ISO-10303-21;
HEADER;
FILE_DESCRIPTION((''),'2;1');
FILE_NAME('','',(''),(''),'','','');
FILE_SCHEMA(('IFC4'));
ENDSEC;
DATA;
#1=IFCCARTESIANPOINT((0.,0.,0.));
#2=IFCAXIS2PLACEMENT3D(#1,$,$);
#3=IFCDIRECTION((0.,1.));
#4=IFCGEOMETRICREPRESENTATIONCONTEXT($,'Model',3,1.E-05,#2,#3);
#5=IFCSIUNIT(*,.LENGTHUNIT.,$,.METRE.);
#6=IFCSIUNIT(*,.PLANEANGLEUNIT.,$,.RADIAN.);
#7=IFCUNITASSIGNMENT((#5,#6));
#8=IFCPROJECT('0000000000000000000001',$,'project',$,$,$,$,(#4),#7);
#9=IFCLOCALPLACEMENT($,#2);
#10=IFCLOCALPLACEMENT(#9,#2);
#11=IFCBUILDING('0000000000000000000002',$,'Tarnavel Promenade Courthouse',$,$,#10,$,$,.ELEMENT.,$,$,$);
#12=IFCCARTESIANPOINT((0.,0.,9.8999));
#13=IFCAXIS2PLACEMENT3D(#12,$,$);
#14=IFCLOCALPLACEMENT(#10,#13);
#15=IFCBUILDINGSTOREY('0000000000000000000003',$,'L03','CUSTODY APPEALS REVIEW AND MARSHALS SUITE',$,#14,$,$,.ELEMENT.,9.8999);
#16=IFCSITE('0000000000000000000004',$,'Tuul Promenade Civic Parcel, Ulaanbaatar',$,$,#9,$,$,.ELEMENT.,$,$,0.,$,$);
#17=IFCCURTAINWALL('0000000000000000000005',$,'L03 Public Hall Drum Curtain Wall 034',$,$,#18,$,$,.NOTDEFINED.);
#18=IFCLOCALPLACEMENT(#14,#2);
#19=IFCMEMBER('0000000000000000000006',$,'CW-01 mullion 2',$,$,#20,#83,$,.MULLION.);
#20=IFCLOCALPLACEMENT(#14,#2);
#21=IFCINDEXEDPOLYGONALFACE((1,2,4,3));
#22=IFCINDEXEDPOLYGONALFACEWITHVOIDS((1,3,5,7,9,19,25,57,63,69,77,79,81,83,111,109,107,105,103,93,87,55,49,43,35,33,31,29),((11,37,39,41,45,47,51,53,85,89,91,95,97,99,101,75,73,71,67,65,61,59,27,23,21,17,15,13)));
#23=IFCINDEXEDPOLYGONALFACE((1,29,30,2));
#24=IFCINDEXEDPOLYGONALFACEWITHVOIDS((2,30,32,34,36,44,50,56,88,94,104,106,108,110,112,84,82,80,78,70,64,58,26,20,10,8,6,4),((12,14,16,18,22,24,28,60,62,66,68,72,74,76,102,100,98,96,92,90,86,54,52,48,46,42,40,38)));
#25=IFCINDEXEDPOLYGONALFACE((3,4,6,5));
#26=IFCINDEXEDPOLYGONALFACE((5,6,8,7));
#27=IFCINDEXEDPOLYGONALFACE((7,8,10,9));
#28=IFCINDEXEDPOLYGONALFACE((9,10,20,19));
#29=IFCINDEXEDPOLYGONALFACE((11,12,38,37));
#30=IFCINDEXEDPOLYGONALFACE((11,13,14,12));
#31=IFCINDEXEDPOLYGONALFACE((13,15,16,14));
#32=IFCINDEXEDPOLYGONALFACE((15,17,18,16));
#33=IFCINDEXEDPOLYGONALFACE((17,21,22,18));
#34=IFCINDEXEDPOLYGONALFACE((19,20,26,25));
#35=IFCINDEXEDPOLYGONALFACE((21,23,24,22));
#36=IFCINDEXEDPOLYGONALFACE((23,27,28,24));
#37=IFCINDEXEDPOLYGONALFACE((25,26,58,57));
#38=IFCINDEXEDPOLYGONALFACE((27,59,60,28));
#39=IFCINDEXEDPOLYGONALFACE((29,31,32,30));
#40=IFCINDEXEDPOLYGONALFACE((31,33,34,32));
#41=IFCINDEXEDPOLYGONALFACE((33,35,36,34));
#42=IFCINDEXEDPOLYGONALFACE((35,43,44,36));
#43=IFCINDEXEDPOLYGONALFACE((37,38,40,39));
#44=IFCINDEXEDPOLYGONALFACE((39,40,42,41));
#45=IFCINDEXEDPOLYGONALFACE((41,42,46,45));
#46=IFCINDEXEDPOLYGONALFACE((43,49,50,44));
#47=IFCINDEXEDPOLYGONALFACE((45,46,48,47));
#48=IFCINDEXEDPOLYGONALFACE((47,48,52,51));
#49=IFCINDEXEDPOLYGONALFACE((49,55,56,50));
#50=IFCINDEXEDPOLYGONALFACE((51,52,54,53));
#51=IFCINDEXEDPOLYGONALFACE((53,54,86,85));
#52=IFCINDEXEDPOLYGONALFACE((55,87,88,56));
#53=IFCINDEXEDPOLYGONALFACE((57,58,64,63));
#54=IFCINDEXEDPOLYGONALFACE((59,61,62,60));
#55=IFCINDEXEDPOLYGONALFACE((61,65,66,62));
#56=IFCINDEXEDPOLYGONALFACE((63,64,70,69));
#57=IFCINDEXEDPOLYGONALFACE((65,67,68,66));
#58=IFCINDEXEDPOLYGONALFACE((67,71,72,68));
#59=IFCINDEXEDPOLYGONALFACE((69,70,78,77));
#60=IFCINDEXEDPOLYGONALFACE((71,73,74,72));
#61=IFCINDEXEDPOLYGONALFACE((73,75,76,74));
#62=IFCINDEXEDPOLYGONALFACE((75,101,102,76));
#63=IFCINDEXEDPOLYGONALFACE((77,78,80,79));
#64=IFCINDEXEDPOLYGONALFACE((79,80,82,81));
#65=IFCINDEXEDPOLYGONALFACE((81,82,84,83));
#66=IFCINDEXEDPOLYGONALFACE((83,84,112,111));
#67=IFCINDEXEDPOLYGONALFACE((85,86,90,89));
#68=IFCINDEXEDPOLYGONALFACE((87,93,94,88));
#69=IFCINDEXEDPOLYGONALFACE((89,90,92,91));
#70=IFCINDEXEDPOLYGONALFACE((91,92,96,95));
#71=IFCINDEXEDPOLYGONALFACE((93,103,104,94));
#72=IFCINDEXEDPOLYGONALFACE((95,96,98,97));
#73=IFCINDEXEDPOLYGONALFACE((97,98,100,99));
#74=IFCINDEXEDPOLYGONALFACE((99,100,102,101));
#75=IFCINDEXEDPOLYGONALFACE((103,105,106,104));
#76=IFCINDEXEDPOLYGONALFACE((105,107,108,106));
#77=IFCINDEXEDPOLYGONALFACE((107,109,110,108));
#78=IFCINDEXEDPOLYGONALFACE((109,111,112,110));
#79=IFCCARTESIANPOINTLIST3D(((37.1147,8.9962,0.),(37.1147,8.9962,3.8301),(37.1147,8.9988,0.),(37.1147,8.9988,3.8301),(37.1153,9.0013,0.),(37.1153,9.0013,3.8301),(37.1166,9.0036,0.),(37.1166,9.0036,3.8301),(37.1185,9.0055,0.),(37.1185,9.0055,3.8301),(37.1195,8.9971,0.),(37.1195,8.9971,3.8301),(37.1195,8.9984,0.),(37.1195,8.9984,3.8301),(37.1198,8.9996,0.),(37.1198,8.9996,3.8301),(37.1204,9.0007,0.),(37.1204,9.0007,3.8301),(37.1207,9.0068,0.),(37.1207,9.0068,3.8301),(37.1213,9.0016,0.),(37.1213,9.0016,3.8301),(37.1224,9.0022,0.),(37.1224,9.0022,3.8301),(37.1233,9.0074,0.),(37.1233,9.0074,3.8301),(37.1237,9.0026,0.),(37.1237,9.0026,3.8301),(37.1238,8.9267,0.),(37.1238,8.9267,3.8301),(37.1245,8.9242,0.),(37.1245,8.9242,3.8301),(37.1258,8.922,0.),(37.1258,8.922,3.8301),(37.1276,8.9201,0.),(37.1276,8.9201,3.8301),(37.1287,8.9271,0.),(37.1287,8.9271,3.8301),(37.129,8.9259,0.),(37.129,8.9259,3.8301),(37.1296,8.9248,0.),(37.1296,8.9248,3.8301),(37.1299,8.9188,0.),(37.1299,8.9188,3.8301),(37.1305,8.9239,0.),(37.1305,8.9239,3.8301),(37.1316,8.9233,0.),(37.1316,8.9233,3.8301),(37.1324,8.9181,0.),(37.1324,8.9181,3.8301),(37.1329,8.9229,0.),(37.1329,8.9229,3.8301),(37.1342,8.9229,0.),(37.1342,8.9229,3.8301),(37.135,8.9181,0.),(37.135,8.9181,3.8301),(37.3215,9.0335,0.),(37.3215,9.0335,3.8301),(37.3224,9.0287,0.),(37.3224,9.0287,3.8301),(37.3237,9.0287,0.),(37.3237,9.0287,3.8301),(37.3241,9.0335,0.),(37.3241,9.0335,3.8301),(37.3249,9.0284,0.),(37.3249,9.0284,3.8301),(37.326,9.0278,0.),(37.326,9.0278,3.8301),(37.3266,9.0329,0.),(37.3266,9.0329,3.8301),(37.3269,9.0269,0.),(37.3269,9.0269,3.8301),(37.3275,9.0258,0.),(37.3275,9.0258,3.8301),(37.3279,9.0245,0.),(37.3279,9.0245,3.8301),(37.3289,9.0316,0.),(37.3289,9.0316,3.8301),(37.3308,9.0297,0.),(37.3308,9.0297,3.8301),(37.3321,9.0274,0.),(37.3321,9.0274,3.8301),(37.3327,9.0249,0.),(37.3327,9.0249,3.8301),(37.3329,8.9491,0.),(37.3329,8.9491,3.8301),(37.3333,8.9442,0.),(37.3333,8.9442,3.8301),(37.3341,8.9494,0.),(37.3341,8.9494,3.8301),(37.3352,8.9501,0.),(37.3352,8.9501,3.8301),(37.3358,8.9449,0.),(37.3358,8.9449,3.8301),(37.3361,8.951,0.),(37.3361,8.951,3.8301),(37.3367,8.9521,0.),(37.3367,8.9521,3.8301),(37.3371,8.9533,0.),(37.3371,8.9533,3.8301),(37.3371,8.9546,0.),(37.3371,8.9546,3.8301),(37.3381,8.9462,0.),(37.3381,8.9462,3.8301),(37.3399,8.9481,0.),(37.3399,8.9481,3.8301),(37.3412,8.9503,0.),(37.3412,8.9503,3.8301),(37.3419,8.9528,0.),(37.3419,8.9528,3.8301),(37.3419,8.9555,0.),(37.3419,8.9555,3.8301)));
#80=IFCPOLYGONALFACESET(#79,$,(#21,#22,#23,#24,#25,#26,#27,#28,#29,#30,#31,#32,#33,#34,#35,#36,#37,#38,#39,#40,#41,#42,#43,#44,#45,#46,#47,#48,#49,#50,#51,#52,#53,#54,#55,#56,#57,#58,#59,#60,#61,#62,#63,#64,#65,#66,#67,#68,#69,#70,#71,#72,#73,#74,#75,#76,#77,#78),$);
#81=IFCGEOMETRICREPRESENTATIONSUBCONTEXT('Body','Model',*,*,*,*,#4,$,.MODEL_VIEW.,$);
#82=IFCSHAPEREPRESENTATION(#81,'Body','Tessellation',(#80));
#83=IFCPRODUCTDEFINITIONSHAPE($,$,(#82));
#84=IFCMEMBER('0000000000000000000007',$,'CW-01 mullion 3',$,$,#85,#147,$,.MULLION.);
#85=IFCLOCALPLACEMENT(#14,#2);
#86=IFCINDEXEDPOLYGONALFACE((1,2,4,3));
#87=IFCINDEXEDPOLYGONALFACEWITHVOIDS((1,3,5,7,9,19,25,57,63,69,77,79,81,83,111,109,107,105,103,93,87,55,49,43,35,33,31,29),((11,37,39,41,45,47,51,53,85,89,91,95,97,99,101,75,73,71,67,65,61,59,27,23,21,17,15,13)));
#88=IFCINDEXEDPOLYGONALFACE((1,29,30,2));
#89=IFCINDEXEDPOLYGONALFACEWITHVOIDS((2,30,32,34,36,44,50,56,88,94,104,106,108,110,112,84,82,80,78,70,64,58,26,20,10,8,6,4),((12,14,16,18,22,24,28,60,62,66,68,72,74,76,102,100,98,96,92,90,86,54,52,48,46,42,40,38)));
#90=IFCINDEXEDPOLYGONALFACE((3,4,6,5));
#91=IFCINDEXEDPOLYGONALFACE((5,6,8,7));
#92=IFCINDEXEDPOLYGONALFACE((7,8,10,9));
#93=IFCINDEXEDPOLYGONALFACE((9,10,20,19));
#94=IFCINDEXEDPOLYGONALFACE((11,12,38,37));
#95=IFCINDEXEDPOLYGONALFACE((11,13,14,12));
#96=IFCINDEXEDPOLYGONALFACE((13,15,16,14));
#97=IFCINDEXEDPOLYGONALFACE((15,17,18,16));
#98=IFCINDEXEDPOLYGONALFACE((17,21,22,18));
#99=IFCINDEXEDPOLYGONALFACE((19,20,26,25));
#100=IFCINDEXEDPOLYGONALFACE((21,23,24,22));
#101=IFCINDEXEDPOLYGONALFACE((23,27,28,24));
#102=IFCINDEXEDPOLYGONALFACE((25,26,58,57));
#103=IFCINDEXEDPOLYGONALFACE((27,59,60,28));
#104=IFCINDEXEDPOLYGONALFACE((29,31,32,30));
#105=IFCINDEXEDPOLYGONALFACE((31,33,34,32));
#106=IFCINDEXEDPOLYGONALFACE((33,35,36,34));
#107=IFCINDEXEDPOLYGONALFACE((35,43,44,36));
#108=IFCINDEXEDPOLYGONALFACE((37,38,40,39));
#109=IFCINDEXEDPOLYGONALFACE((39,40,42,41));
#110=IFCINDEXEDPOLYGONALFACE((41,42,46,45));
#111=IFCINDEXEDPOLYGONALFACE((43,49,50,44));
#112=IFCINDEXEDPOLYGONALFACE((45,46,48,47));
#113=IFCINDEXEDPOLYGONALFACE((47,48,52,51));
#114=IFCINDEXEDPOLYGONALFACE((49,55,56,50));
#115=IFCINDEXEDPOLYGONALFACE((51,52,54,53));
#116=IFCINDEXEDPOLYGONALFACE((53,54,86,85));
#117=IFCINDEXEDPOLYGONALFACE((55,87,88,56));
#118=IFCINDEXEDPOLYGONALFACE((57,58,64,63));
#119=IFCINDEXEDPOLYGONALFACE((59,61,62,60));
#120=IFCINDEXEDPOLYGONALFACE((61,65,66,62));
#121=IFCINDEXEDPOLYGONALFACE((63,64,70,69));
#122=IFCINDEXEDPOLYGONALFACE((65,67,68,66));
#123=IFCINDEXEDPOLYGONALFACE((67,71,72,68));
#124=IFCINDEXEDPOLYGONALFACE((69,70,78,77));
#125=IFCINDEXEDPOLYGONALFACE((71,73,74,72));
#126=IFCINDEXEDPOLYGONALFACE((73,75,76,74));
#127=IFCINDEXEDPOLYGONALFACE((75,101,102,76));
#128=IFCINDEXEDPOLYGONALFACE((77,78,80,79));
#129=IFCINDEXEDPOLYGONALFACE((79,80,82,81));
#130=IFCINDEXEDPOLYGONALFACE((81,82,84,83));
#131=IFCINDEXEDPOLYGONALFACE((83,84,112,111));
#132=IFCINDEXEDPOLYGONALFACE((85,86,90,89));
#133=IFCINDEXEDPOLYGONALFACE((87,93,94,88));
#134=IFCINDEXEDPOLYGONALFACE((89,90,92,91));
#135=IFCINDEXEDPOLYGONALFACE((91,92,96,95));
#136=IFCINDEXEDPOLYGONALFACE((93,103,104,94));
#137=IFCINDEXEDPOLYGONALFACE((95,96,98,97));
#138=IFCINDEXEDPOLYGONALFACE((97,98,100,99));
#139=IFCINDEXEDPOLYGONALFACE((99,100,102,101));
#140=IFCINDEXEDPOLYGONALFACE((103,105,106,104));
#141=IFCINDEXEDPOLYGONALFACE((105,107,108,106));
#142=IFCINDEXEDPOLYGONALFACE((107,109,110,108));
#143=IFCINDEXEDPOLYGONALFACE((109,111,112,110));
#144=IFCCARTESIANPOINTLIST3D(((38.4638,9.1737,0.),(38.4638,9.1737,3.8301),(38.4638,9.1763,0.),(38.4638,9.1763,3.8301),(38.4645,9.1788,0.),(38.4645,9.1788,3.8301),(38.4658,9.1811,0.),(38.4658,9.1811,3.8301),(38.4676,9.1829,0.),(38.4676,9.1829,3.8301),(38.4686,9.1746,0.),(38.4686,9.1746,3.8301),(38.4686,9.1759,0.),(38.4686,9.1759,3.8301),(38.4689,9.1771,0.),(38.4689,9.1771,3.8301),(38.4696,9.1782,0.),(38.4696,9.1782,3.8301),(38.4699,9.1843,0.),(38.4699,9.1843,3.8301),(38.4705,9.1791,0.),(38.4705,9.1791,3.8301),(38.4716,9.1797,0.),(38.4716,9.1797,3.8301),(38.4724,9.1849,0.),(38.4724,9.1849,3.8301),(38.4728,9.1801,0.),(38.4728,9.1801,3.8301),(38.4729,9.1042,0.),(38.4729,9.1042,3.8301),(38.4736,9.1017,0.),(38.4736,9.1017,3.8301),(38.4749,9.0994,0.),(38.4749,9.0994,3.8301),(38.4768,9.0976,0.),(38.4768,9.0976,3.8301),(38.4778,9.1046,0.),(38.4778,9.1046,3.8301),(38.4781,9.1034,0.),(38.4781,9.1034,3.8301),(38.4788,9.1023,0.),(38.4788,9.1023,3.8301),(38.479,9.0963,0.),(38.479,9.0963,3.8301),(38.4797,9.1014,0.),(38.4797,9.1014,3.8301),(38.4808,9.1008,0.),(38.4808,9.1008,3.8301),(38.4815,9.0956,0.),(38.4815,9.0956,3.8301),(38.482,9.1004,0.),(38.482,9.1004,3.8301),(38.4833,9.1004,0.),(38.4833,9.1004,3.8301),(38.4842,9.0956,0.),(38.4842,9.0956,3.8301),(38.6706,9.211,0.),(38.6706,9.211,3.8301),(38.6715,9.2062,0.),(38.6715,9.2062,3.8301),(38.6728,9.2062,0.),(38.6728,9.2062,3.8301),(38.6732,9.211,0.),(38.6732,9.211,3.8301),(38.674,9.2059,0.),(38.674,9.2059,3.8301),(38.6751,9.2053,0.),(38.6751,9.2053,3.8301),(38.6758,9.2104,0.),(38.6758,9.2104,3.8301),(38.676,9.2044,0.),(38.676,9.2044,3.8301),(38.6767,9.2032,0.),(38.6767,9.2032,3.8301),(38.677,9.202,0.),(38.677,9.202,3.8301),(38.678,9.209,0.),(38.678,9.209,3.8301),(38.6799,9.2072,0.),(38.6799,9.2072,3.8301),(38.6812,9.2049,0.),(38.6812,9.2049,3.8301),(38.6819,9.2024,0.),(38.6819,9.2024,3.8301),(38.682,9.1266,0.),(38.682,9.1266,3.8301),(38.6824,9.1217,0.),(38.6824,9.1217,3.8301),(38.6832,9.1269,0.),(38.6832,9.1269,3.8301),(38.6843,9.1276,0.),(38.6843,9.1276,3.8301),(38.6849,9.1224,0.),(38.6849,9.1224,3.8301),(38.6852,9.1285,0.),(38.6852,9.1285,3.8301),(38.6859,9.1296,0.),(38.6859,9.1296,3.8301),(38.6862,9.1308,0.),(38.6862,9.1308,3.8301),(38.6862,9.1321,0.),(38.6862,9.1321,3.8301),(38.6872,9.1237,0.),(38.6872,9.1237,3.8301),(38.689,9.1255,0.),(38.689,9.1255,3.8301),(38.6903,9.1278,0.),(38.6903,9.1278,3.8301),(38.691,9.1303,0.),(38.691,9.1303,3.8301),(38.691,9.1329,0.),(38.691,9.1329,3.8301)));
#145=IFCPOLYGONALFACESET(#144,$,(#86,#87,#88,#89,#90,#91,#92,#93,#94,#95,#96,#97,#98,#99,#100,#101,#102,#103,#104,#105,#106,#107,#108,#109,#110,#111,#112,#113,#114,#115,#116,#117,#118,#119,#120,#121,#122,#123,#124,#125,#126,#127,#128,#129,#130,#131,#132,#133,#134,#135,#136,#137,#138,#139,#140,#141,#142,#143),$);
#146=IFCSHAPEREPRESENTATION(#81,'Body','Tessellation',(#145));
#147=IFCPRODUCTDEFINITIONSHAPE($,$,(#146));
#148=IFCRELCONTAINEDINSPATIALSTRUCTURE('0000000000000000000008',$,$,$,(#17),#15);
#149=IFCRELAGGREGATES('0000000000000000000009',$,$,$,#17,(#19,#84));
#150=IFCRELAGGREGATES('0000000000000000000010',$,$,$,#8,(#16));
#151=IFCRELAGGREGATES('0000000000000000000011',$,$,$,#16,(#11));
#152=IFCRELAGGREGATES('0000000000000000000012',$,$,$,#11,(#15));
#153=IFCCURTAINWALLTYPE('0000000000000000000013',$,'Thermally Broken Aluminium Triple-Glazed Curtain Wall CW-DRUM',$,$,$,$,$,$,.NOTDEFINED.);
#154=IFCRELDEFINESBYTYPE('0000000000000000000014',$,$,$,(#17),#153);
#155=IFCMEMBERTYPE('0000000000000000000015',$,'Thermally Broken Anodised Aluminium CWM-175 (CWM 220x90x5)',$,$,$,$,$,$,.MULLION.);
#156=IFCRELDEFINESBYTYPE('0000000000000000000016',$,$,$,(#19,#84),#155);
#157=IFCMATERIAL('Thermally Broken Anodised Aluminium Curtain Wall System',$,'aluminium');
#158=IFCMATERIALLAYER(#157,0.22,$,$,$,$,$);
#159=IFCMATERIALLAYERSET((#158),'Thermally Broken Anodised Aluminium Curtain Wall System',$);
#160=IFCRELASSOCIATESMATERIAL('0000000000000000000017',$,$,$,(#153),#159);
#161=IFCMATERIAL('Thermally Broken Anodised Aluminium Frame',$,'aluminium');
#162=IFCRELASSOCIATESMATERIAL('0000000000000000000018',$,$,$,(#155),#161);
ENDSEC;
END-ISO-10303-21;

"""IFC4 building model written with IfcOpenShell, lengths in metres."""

from ifc_helpers import new_model, si_unit, direction, frame, origin, origin_2d, place, context, subcontext, project, spatial, hollow_rectangle, extrude, material, layer, layer_set, material_profile, profile_set, type_object, element, aggregate, save


model = new_model("IFC4")

# Units and contexts
model_context = context("Model", 3, precision=1e-05, world=origin(), true_north=direction((0.0, 1.0)))
body_context = subcontext(model_context, "Body", "Model", "MODEL_VIEW")
ifc_project = project(units=[si_unit("LENGTHUNIT", "METRE"), si_unit("PLANEANGLEUNIT", "RADIAN")], contexts=[model_context])

# Site, building, storey
site_placement = place(None, origin())
site = spatial("IfcSite", under=ifc_project, at=site_placement, Name="Tuul Promenade Civic Parcel, Ulaanbaatar", CompositionType="ELEMENT", RefElevation=0.0)
building_placement = place(site_placement, origin())
building = spatial("IfcBuilding", under=site, at=building_placement, Name="Tarnavel Promenade Courthouse", CompositionType="ELEMENT")
storey_placement = place(building_placement, frame((0.0, 0.0, 9.8999)))
storey = spatial("IfcBuildingStorey", under=building, at=storey_placement, Name="L03", Description="CUSTODY APPEALS REVIEW AND MARSHALS SUITE", CompositionType="ELEMENT", Elevation=9.8999)

# Curtain wall, members
ifc_material_1 = material(Name="Thermally Broken Anodised Aluminium Curtain Wall System", Category="aluminium")
ifc_layer_1 = layer(ifc_material_1, 0.22)
ifc_layer_set_1 = layer_set([ifc_layer_1], Name="Thermally Broken Anodised Aluminium Curtain Wall System")
curtain_wall_type = type_object("IfcCurtainWallType", Name="Thermally Broken Aluminium Triple-Glazed Curtain Wall CW-DRUM", PredefinedType="NOTDEFINED", material=ifc_layer_set_1)
ifc_material_2 = material(Name="Thermally Broken Anodised Aluminium Frame", Category="aluminium")
ifc_material_profile_1 = material_profile(ifc_material_2, hollow_rectangle(XDim=0.0901, YDim=0.22, WallThickness=0.0049, InnerFilletRadius=0.0049, OuterFilletRadius=0.01, at=origin_2d()), Name="CWM 220x90x5")
ifc_profile_set_1 = profile_set([ifc_material_profile_1], Name="Thermally Broken Anodised Aluminium Frame")
member_type_1 = type_object("IfcMemberType", Name="Thermally Broken Anodised Aluminium CWM-175 (CWM 220x90x5)", PredefinedType="MULLION", material=ifc_profile_set_1)
curtain_wall_1_placement = place(storey_placement, origin())
curtain_wall_1 = element("IfcCurtainWall", 1, at=curtain_wall_1_placement, inside=storey, type_object=curtain_wall_type, Name="L03 Public Hall Drum Curtain Wall 034", PredefinedType="NOTDEFINED")
member_1_placement = place(storey_placement, frame((37.2283, 8.9758, 0.0), z_axis=(0.0, 0.0, 1.0), x_axis=(-0.130526, 0.991445, 0.0)))
member_1 = element("IfcMember", 2, at=member_1_placement, type_object=member_type_1, Name="CW-01 mullion 2", PredefinedType="MULLION", context=body_context, shape_type="SweptSolid", body=[
    extrude(hollow_rectangle(XDim=0.0901, YDim=0.22, WallThickness=0.0049, InnerFilletRadius=0.0049, OuterFilletRadius=0.01, at=origin_2d()), origin(), (0.0, 0.0, 1.0), 3.8301),
])
member_2_placement = place(storey_placement, frame((38.5774, 9.1533, 0.0), z_axis=(0.0, 0.0, 1.0), x_axis=(-0.130526, 0.991445, 0.0)))
member_2 = element("IfcMember", 3, at=member_2_placement, type_object=member_type_1, Name="CW-01 mullion 3", PredefinedType="MULLION", context=body_context, shape_type="SweptSolid", body=[
    extrude(hollow_rectangle(XDim=0.0901, YDim=0.22, WallThickness=0.0049, InnerFilletRadius=0.0049, OuterFilletRadius=0.01, at=origin_2d()), origin(), (0.0, 0.0, 1.0), 3.8301),
])

aggregate(curtain_wall_1, [member_1, member_2])

save(model, "model.ifc")
